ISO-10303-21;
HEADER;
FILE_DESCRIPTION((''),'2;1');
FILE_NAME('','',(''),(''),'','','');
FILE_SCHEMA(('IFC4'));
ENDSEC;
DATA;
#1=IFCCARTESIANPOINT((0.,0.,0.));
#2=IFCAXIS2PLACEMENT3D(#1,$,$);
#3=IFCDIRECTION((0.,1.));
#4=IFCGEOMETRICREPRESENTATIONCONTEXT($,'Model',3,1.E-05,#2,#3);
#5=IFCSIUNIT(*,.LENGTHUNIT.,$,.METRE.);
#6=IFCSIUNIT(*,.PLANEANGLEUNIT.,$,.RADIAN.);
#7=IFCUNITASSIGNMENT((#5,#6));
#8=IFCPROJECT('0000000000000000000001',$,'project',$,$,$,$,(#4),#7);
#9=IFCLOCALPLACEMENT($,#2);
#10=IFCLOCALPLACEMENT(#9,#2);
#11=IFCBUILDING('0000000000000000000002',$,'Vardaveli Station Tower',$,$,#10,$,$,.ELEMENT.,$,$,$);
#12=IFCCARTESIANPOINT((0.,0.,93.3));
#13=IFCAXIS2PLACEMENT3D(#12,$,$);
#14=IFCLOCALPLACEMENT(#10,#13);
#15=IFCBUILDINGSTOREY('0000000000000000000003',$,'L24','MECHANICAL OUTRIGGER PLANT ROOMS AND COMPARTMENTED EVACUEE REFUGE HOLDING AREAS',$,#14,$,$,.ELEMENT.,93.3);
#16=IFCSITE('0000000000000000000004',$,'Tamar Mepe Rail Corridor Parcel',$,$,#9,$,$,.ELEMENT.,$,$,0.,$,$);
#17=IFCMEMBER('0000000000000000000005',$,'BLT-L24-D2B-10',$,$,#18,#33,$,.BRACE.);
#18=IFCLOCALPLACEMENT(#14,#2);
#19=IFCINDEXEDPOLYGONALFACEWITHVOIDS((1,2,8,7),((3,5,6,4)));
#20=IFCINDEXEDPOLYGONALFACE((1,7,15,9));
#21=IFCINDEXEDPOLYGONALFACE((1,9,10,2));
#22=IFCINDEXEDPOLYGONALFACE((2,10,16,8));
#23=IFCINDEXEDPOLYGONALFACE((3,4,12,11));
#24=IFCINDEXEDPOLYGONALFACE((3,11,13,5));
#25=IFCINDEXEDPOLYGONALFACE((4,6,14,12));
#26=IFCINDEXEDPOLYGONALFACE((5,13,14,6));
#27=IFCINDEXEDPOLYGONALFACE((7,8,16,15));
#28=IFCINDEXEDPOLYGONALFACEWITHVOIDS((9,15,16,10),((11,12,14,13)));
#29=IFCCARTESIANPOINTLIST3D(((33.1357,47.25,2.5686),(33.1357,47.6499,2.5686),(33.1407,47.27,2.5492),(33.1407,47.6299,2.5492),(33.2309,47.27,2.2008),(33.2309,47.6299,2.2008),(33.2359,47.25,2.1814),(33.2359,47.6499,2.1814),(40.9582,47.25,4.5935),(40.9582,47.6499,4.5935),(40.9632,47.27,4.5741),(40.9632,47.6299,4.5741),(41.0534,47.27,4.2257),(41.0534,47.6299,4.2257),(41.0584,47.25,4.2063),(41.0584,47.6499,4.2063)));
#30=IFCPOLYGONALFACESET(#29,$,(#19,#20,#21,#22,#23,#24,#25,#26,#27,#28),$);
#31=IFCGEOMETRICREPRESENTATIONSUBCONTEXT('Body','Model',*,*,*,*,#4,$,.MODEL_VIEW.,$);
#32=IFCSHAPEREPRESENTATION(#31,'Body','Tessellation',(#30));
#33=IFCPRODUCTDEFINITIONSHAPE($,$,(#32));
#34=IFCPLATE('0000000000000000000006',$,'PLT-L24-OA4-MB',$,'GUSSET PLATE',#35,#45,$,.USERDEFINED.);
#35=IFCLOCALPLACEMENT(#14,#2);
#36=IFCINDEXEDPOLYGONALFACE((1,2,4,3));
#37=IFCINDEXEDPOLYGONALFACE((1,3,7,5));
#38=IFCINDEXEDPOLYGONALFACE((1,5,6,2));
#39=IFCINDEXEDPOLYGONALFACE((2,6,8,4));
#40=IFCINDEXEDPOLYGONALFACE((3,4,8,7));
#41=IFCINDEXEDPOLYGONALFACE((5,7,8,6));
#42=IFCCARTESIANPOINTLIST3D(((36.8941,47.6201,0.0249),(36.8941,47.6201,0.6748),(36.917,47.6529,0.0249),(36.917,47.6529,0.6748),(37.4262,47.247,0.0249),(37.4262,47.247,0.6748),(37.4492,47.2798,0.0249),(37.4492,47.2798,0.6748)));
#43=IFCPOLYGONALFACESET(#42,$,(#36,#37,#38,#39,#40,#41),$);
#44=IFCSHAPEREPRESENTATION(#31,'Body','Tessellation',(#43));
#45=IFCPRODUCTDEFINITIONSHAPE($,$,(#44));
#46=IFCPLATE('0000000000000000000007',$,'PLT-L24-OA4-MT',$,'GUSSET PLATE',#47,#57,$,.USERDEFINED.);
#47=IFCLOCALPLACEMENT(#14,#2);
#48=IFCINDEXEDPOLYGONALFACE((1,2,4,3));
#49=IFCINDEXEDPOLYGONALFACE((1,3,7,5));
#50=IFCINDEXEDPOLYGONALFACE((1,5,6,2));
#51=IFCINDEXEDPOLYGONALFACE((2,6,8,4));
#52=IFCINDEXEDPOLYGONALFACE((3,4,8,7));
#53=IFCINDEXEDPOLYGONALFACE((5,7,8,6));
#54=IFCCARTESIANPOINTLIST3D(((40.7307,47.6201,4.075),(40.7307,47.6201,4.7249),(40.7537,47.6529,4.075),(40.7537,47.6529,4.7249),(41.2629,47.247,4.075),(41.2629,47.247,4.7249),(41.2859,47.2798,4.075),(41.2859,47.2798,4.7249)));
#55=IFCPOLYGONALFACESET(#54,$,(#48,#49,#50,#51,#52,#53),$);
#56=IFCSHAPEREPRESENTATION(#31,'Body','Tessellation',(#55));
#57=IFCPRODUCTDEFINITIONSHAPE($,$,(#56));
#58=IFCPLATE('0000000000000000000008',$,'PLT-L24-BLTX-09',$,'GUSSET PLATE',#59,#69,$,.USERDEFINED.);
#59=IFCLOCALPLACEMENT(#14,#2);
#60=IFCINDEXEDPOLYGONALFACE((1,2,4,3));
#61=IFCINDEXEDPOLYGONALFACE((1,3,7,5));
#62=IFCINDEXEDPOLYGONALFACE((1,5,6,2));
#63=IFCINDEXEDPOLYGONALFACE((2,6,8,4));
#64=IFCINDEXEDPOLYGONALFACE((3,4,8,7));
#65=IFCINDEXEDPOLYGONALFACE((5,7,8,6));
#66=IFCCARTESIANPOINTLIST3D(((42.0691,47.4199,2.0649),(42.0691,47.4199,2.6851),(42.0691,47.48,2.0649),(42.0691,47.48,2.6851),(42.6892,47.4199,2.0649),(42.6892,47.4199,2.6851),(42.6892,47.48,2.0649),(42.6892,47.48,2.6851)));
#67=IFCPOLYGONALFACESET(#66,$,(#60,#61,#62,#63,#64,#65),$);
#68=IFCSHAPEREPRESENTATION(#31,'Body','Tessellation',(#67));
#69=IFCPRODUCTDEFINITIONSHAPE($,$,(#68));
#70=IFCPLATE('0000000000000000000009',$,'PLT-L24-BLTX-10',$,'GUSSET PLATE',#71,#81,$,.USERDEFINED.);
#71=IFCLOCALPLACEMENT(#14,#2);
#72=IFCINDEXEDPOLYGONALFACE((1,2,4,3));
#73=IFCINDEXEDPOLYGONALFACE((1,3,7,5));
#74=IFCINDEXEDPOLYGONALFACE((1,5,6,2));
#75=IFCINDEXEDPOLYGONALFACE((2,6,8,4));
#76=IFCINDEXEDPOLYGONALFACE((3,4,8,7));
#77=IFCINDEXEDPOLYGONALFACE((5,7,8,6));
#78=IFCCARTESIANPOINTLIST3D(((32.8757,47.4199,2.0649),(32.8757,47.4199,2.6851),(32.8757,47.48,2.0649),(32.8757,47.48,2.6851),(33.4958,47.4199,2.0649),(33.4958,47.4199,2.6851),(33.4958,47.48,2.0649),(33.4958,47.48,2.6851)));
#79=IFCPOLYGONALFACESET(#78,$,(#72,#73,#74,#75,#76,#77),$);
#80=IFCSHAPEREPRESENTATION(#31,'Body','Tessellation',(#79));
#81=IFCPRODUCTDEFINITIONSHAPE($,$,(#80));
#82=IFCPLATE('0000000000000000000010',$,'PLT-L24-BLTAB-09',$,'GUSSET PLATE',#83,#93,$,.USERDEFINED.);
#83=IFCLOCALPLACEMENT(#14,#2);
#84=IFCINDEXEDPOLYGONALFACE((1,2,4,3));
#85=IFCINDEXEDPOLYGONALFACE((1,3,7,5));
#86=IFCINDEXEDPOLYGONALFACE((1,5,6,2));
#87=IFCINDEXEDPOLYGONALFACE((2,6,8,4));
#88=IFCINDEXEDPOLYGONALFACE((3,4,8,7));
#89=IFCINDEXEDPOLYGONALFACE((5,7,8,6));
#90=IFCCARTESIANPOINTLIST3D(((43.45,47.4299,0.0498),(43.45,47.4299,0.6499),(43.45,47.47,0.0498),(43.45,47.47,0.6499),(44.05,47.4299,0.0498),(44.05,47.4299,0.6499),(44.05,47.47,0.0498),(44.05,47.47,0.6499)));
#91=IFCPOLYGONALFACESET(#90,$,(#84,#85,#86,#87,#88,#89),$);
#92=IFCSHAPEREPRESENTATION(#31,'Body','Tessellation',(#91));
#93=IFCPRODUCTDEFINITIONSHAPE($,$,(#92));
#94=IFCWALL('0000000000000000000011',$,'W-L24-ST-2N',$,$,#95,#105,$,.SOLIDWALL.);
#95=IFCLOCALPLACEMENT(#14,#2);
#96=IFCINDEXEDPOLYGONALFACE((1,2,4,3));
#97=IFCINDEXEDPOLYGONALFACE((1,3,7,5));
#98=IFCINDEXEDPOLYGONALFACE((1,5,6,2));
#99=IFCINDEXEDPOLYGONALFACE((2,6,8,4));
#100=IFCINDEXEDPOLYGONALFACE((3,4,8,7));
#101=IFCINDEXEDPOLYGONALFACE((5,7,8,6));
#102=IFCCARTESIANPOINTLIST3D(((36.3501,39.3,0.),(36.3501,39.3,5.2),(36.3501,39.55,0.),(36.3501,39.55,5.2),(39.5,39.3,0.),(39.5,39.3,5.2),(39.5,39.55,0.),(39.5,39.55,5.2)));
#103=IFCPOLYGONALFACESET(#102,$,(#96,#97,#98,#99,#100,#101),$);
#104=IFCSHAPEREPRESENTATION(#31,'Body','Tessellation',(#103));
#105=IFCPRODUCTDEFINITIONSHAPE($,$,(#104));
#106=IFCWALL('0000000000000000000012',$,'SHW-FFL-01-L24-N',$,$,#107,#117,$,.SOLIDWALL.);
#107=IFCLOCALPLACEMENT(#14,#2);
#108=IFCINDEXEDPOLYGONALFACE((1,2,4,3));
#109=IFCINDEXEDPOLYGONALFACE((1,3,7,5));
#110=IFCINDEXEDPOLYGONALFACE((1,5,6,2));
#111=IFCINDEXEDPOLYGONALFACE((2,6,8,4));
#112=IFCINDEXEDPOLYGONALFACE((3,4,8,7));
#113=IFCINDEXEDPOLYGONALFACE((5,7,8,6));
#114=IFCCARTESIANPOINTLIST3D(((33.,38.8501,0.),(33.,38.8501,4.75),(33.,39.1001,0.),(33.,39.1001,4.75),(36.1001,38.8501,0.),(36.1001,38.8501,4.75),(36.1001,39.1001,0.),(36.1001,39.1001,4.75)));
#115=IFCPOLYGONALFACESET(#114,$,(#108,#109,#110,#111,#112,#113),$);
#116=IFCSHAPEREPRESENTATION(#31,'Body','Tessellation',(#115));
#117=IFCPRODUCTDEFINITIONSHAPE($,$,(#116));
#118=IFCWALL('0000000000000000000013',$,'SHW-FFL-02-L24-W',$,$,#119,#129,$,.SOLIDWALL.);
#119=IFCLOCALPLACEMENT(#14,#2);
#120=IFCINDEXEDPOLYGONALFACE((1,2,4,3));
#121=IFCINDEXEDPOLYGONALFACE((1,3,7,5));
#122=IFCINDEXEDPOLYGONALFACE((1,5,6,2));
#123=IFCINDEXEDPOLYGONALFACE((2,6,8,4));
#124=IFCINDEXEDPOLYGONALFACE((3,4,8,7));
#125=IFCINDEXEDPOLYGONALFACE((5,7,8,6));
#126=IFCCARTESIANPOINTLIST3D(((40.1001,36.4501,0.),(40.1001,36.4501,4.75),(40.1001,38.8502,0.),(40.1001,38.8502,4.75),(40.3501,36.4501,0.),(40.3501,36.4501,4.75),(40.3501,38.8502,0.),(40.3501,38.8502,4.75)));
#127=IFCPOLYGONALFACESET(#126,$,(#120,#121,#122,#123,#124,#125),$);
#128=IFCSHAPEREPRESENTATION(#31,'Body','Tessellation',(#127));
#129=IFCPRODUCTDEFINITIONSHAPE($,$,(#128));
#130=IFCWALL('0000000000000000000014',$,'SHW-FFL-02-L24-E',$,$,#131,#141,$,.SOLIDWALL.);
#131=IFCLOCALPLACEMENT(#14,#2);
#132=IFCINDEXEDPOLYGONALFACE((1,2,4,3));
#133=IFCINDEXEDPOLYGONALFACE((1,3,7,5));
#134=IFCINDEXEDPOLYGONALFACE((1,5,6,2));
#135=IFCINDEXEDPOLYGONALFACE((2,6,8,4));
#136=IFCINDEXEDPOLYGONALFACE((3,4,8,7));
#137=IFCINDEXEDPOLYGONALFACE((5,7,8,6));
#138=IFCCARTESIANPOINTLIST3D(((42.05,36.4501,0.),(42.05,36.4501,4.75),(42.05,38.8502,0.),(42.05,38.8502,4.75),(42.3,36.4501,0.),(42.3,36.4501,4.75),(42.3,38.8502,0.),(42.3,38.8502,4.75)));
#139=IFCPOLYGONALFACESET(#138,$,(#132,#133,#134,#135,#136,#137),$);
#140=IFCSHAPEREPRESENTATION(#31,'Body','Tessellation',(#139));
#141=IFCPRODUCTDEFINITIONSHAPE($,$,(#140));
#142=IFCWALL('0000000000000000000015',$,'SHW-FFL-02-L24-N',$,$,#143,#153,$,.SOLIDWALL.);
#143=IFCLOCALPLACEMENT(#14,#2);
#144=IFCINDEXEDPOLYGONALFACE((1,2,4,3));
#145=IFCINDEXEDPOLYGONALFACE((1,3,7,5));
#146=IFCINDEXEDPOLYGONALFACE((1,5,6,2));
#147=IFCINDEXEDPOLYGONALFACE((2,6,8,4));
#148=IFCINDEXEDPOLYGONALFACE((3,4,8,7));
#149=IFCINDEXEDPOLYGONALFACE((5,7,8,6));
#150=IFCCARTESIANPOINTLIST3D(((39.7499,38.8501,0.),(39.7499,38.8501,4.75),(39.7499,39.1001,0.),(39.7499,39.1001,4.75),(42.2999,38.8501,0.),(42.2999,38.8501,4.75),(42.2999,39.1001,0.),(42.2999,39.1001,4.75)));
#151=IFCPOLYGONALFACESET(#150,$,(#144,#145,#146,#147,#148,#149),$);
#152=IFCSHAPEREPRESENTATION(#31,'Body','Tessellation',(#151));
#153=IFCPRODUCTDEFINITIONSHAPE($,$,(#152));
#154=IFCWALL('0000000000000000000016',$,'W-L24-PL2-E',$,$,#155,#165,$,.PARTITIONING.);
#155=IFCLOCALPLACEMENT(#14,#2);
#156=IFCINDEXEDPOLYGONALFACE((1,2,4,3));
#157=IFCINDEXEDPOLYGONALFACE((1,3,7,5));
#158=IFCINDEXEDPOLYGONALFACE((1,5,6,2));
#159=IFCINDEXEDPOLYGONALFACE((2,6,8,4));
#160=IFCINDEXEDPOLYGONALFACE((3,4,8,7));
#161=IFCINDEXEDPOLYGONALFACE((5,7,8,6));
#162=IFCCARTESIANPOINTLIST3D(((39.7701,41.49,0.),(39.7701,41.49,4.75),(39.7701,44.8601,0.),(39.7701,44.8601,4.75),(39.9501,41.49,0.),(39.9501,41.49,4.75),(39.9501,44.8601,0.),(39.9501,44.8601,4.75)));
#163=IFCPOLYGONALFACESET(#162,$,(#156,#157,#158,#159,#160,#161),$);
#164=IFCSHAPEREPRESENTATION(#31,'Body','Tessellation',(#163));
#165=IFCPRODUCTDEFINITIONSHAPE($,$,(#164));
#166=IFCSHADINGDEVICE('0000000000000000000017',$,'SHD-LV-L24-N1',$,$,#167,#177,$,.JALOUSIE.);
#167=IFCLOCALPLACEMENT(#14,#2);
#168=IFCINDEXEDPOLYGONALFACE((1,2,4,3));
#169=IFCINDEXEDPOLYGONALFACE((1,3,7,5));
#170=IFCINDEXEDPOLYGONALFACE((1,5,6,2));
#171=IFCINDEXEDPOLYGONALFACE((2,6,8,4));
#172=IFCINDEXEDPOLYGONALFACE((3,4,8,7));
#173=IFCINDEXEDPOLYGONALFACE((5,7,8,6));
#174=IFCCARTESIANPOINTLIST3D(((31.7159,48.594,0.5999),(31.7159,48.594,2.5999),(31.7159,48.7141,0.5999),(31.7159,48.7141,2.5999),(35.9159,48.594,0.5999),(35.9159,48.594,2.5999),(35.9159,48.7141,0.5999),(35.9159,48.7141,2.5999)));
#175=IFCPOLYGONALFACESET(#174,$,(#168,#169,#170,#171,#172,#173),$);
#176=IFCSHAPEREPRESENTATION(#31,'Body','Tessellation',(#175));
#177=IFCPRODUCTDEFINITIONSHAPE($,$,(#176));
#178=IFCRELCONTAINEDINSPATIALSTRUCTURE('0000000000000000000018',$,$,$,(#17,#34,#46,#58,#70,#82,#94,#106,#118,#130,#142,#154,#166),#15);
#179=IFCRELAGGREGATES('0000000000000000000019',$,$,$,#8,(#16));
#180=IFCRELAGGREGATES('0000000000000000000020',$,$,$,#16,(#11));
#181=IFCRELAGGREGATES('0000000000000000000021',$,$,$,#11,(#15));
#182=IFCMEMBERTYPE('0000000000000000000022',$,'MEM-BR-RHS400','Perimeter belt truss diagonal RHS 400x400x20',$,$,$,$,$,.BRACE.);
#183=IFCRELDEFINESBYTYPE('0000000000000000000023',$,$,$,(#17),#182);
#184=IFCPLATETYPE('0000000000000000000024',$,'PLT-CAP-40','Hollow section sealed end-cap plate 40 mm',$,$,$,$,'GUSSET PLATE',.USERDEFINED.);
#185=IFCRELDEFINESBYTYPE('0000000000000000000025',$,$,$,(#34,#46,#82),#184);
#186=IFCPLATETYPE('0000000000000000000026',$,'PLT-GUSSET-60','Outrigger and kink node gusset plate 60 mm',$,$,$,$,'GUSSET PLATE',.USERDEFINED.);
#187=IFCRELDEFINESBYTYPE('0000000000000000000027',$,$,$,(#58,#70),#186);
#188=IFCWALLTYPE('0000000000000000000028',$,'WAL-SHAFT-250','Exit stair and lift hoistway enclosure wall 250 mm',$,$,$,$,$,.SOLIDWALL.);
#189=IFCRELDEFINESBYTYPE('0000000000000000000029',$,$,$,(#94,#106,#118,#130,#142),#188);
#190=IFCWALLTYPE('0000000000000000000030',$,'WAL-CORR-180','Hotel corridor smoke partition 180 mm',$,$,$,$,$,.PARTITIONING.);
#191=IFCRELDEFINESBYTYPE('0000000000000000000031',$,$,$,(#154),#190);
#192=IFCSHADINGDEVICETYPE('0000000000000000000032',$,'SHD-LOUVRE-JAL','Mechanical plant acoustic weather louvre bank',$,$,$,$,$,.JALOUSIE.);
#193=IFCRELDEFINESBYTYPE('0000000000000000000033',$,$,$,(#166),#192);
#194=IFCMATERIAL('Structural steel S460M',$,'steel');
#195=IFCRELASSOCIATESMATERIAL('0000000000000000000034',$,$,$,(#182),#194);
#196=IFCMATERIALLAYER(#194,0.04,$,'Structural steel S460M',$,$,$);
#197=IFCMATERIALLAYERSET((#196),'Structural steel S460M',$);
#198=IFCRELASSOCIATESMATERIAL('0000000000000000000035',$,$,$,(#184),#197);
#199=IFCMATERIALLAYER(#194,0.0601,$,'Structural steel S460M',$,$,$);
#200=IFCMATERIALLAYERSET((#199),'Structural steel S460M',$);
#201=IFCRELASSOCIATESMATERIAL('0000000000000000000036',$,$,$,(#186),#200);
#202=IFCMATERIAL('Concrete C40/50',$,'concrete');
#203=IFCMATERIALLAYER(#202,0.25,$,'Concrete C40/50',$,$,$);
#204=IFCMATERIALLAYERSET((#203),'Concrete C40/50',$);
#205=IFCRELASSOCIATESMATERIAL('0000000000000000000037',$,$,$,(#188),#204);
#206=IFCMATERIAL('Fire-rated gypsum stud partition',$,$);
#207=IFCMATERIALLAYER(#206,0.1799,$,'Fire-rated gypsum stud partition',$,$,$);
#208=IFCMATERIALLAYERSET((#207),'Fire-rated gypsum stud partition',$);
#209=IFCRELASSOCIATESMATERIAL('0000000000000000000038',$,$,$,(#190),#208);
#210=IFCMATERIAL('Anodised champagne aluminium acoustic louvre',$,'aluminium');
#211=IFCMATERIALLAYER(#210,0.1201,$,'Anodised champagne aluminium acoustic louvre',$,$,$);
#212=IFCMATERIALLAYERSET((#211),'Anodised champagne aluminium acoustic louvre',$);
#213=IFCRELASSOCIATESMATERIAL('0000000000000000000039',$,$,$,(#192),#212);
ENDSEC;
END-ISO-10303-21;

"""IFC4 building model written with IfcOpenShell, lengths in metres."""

from ifc_helpers import new_model, si_unit, direction, frame, frame_2d, origin, origin_2d, place, context, subcontext, project, spatial, rectangle, hollow_rectangle, extrude, source, transform, mapped, material, layer, layer_set, material_profile, profile_set, type_object, element, save


model = new_model("IFC4")

# Units and contexts
model_context = context("Model", 3, precision=1e-05, world=origin(), true_north=direction((0.0, 1.0)))
body_context = subcontext(model_context, "Body", "Model", "MODEL_VIEW")
ifc_project = project(units=[si_unit("LENGTHUNIT", "METRE"), si_unit("PLANEANGLEUNIT", "RADIAN")], contexts=[model_context])

# Site, building, storey
site_placement = place(None, origin())
site = spatial("IfcSite", under=ifc_project, at=site_placement, Name="Tamar Mepe Rail Corridor Parcel", CompositionType="ELEMENT", RefElevation=0.0)
building_placement = place(site_placement, origin())
building = spatial("IfcBuilding", under=site, at=building_placement, Name="Vardaveli Station Tower", CompositionType="ELEMENT")
storey_placement = place(building_placement, frame((0.0, 0.0, 93.3)))
storey = spatial("IfcBuildingStorey", under=building, at=storey_placement, Name="L24", Description="MECHANICAL OUTRIGGER PLANT ROOMS AND COMPARTMENTED EVACUEE REFUGE HOLDING AREAS", CompositionType="ELEMENT", Elevation=93.3)

# Shared definitions
ifc_material_1 = material(Name="Structural steel S460M", Category="steel")

# Member
ifc_material_profile_1 = material_profile(ifc_material_1, hollow_rectangle(XDim=0.3999, YDim=0.3999, WallThickness=0.02, at=origin_2d()), Name="RHS 400x400x20")
ifc_profile_set_1 = profile_set([ifc_material_profile_1], Name="Structural steel S460M")
member_type_1 = type_object("IfcMemberType", Name="MEM-BR-RHS400", Description="Perimeter belt truss diagonal RHS 400x400x20", PredefinedType="BRACE", material=ifc_profile_set_1)
shared_shape_1 = source(origin(), body_context, "Body", "SweptSolid", [
    extrude(hollow_rectangle(XDim=0.3999, YDim=0.3999, WallThickness=0.02, at=origin_2d()), origin(), (0.0, 0.0, 1.0), 8.0803),
])
member_1_placement = place(storey_placement, frame((33.1858, 47.45, 2.375), z_axis=(0.968092, 0.0, 0.250596), x_axis=(0.0, 1.0, 0.0)))
element("IfcMember", 1, at=member_1_placement, inside=storey, type_object=member_type_1, Name="BLT-L24-D2B-10", PredefinedType="BRACE", context=body_context, shape_type="MappedRepresentation", body=[
    mapped(shared_shape_1, transform((0.0, 0.0, 0.0), scale=1.0)),
])

# Plates
ifc_layer_1 = layer(ifc_material_1, 0.04, Name="Structural steel S460M")
ifc_layer_set_1 = layer_set([ifc_layer_1], Name="Structural steel S460M")
plate_type_1 = type_object("IfcPlateType", Name="PLT-CAP-40", Description="Hollow section sealed end-cap plate 40 mm", ElementType="GUSSET PLATE", PredefinedType="USERDEFINED", material=ifc_layer_set_1)
shared_shape_2 = source(origin(), body_context, "Body", "SweptSolid", [
    extrude(rectangle(XDim=0.6499, YDim=0.04, at=origin_2d()), origin(), (0.0, 0.0, 1.0), 0.6499),
])
for number, where, z_axis, x_axis, name in (
    (2, (37.1716, 47.45, 0.0249), (0.0, 0.0, 1.0), (-0.818852, 0.574005, 0.0), "PLT-L24-OA4-MB"),
    (3, (41.0083, 47.45, 4.075), (0.0, 0.0, 1.0), (-0.818852, 0.574005, 0.0), "PLT-L24-OA4-MT"),
):
    element("IfcPlate", number, at=place(storey_placement, frame(where, z_axis=z_axis, x_axis=x_axis)), inside=storey, type_object=plate_type_1, Name=name, ObjectType="GUSSET PLATE", PredefinedType="USERDEFINED", context=body_context, shape_type="MappedRepresentation", body=[
        mapped(shared_shape_2, transform((0.0, 0.0, 0.0), scale=1.0)),
    ])
ifc_layer_2 = layer(ifc_material_1, 0.0601, Name="Structural steel S460M")
ifc_layer_set_2 = layer_set([ifc_layer_2], Name="Structural steel S460M")
plate_type_2 = type_object("IfcPlateType", Name="PLT-GUSSET-60", Description="Outrigger and kink node gusset plate 60 mm", ElementType="GUSSET PLATE", PredefinedType="USERDEFINED", material=ifc_layer_set_2)
shared_shape_3 = source(origin(), body_context, "Body", "SweptSolid", [
    extrude(rectangle(XDim=0.6201, YDim=0.0601, at=origin_2d()), origin(), (0.0, 0.0, 1.0), 0.6201),
])
for number, where, z_axis, x_axis, name in (
    (4, (42.3792, 47.45, 2.0649), (0.0, 0.0, 1.0), (-1.0, 0.0, 0.0), "PLT-L24-BLTX-09"),
    (5, (33.1858, 47.45, 2.0649), (0.0, 0.0, 1.0), (-1.0, 0.0, 0.0), "PLT-L24-BLTX-10"),
):
    element("IfcPlate", number, at=place(storey_placement, frame(where, z_axis=z_axis, x_axis=x_axis)), inside=storey, type_object=plate_type_2, Name=name, ObjectType="GUSSET PLATE", PredefinedType="USERDEFINED", context=body_context, shape_type="MappedRepresentation", body=[
        mapped(shared_shape_3, transform((0.0, 0.0, 0.0), scale=1.0)),
    ])
shared_shape_4 = source(origin(), body_context, "Body", "SweptSolid", [
    extrude(rectangle(XDim=0.6001, YDim=0.04, at=origin_2d()), origin(), (0.0, 0.0, 1.0), 0.6001),
])
plate_placement = place(storey_placement, frame((43.75, 47.45, 0.0498), z_axis=(0.0, 0.0, 1.0), x_axis=(-1.0, 0.0, 0.0)))
element("IfcPlate", 6, at=plate_placement, inside=storey, type_object=plate_type_1, Name="PLT-L24-BLTAB-09", ObjectType="GUSSET PLATE", PredefinedType="USERDEFINED", context=body_context, shape_type="MappedRepresentation", body=[
    mapped(shared_shape_4, transform((0.0, 0.0, 0.0), scale=1.0)),
])

# Walls
ifc_material_2 = material(Name="Concrete C40/50", Category="concrete")
ifc_layer_3 = layer(ifc_material_2, 0.25, Name="Concrete C40/50")
ifc_layer_set_3 = layer_set([ifc_layer_3], Name="Concrete C40/50")
wall_type_1 = type_object("IfcWallType", Name="WAL-SHAFT-250", Description="Exit stair and lift hoistway enclosure wall 250 mm", PredefinedType="SOLIDWALL", material=ifc_layer_set_3)
shared_shape_5 = source(origin(), body_context, "Body", "SweptSolid", [
    extrude(rectangle(XDim=3.1499, YDim=0.25, at=frame_2d((1.575, 0.0))), origin(), (0.0, 0.0, 1.0), 5.2),
])
wall_1_placement = place(storey_placement, frame((36.3501, 39.425, 0.0), z_axis=(0.0, 0.0, 1.0), x_axis=(1.0, 0.0, 0.0)))
element("IfcWall", 7, at=wall_1_placement, inside=storey, type_object=wall_type_1, Name="W-L24-ST-2N", PredefinedType="SOLIDWALL", context=body_context, shape_type="MappedRepresentation", body=[
    mapped(shared_shape_5, transform((0.0, 0.0, 0.0), scale=1.0)),
])
shared_shape_6 = source(origin(), body_context, "Body", "SweptSolid", [
    extrude(rectangle(XDim=3.1001, YDim=0.25, at=frame_2d((1.55, 0.0))), origin(), (0.0, 0.0, 1.0), 4.75),
])
wall_2_placement = place(storey_placement, frame((33.0, 38.9751, 0.0), z_axis=(0.0, 0.0, 1.0), x_axis=(1.0, 0.0, 0.0)))
element("IfcWall", 8, at=wall_2_placement, inside=storey, type_object=wall_type_1, Name="SHW-FFL-01-L24-N", PredefinedType="SOLIDWALL", context=body_context, shape_type="MappedRepresentation", body=[
    mapped(shared_shape_6, transform((0.0, 0.0, 0.0), scale=1.0)),
])
shared_shape_7 = source(origin(), body_context, "Body", "SweptSolid", [
    extrude(rectangle(XDim=2.4001, YDim=0.25, at=frame_2d((1.2002, 0.0))), origin(), (0.0, 0.0, 1.0), 4.75),
])
for number, where, z_axis, x_axis, name in (
    (9, (40.2251, 36.45, 0.0), (0.0, 0.0, 1.0), (0.0, 1.0, 0.0), "SHW-FFL-02-L24-W"),
    (10, (42.175, 36.45, 0.0), (0.0, 0.0, 1.0), (0.0, 1.0, 0.0), "SHW-FFL-02-L24-E"),
):
    element("IfcWall", number, at=place(storey_placement, frame(where, z_axis=z_axis, x_axis=x_axis)), inside=storey, type_object=wall_type_1, Name=name, PredefinedType="SOLIDWALL", context=body_context, shape_type="MappedRepresentation", body=[
        mapped(shared_shape_7, transform((0.0, 0.0, 0.0), scale=1.0)),
    ])
shared_shape_8 = source(origin(), body_context, "Body", "SweptSolid", [
    extrude(rectangle(XDim=2.55, YDim=0.25, at=frame_2d((1.2749, 0.0))), origin(), (0.0, 0.0, 1.0), 4.75),
])
wall_3_placement = place(storey_placement, frame((39.75, 38.9751, 0.0), z_axis=(0.0, 0.0, 1.0), x_axis=(1.0, 0.0, 0.0)))
element("IfcWall", 11, at=wall_3_placement, inside=storey, type_object=wall_type_1, Name="SHW-FFL-02-L24-N", PredefinedType="SOLIDWALL", context=body_context, shape_type="MappedRepresentation", body=[
    mapped(shared_shape_8, transform((0.0, 0.0, 0.0), scale=1.0)),
])
ifc_material_3 = material(Name="Fire-rated gypsum stud partition")
ifc_layer_4 = layer(ifc_material_3, 0.1799, Name="Fire-rated gypsum stud partition")
ifc_layer_set_4 = layer_set([ifc_layer_4], Name="Fire-rated gypsum stud partition")
wall_type_2 = type_object("IfcWallType", Name="WAL-CORR-180", Description="Hotel corridor smoke partition 180 mm", PredefinedType="PARTITIONING", material=ifc_layer_set_4)
shared_shape_9 = source(origin(), body_context, "Body", "SweptSolid", [
    extrude(rectangle(XDim=3.3701, YDim=0.1799, at=frame_2d((1.6851, 0.0))), origin(), (0.0, 0.0, 1.0), 4.75),
])
wall_4_placement = place(storey_placement, frame((39.8601, 41.49, 0.0), z_axis=(0.0, 0.0, 1.0), x_axis=(0.0, 1.0, 0.0)))
element("IfcWall", 12, at=wall_4_placement, inside=storey, type_object=wall_type_2, Name="W-L24-PL2-E", PredefinedType="PARTITIONING", context=body_context, shape_type="MappedRepresentation", body=[
    mapped(shared_shape_9, transform((0.0, 0.0, 0.0), scale=1.0)),
])

# Shading device
ifc_material_4 = material(Name="Anodised champagne aluminium acoustic louvre", Category="aluminium")
ifc_layer_5 = layer(ifc_material_4, 0.1201, Name="Anodised champagne aluminium acoustic louvre")
ifc_layer_set_5 = layer_set([ifc_layer_5], Name="Anodised champagne aluminium acoustic louvre")
shading_device_type = type_object("IfcShadingDeviceType", Name="SHD-LOUVRE-JAL", Description="Mechanical plant acoustic weather louvre bank", PredefinedType="JALOUSIE", material=ifc_layer_set_5)
shared_shape_10 = source(origin(), body_context, "Body", "SweptSolid", [
    extrude(rectangle(XDim=4.2, YDim=0.1201, at=origin_2d()), origin(), (0.0, 0.0, 1.0), 2.0),
])
shading_device_placement = place(storey_placement, frame((33.8159, 48.6541, 0.5999), z_axis=(0.0, 0.0, 1.0), x_axis=(1.0, 0.0, 0.0)))
element("IfcShadingDevice", 13, at=shading_device_placement, inside=storey, type_object=shading_device_type, Name="SHD-LV-L24-N1", PredefinedType="JALOUSIE", context=body_context, shape_type="MappedRepresentation", body=[
    mapped(shared_shape_10, transform((0.0, 0.0, 0.0), scale=1.0)),
])

save(model, "model.ifc")
